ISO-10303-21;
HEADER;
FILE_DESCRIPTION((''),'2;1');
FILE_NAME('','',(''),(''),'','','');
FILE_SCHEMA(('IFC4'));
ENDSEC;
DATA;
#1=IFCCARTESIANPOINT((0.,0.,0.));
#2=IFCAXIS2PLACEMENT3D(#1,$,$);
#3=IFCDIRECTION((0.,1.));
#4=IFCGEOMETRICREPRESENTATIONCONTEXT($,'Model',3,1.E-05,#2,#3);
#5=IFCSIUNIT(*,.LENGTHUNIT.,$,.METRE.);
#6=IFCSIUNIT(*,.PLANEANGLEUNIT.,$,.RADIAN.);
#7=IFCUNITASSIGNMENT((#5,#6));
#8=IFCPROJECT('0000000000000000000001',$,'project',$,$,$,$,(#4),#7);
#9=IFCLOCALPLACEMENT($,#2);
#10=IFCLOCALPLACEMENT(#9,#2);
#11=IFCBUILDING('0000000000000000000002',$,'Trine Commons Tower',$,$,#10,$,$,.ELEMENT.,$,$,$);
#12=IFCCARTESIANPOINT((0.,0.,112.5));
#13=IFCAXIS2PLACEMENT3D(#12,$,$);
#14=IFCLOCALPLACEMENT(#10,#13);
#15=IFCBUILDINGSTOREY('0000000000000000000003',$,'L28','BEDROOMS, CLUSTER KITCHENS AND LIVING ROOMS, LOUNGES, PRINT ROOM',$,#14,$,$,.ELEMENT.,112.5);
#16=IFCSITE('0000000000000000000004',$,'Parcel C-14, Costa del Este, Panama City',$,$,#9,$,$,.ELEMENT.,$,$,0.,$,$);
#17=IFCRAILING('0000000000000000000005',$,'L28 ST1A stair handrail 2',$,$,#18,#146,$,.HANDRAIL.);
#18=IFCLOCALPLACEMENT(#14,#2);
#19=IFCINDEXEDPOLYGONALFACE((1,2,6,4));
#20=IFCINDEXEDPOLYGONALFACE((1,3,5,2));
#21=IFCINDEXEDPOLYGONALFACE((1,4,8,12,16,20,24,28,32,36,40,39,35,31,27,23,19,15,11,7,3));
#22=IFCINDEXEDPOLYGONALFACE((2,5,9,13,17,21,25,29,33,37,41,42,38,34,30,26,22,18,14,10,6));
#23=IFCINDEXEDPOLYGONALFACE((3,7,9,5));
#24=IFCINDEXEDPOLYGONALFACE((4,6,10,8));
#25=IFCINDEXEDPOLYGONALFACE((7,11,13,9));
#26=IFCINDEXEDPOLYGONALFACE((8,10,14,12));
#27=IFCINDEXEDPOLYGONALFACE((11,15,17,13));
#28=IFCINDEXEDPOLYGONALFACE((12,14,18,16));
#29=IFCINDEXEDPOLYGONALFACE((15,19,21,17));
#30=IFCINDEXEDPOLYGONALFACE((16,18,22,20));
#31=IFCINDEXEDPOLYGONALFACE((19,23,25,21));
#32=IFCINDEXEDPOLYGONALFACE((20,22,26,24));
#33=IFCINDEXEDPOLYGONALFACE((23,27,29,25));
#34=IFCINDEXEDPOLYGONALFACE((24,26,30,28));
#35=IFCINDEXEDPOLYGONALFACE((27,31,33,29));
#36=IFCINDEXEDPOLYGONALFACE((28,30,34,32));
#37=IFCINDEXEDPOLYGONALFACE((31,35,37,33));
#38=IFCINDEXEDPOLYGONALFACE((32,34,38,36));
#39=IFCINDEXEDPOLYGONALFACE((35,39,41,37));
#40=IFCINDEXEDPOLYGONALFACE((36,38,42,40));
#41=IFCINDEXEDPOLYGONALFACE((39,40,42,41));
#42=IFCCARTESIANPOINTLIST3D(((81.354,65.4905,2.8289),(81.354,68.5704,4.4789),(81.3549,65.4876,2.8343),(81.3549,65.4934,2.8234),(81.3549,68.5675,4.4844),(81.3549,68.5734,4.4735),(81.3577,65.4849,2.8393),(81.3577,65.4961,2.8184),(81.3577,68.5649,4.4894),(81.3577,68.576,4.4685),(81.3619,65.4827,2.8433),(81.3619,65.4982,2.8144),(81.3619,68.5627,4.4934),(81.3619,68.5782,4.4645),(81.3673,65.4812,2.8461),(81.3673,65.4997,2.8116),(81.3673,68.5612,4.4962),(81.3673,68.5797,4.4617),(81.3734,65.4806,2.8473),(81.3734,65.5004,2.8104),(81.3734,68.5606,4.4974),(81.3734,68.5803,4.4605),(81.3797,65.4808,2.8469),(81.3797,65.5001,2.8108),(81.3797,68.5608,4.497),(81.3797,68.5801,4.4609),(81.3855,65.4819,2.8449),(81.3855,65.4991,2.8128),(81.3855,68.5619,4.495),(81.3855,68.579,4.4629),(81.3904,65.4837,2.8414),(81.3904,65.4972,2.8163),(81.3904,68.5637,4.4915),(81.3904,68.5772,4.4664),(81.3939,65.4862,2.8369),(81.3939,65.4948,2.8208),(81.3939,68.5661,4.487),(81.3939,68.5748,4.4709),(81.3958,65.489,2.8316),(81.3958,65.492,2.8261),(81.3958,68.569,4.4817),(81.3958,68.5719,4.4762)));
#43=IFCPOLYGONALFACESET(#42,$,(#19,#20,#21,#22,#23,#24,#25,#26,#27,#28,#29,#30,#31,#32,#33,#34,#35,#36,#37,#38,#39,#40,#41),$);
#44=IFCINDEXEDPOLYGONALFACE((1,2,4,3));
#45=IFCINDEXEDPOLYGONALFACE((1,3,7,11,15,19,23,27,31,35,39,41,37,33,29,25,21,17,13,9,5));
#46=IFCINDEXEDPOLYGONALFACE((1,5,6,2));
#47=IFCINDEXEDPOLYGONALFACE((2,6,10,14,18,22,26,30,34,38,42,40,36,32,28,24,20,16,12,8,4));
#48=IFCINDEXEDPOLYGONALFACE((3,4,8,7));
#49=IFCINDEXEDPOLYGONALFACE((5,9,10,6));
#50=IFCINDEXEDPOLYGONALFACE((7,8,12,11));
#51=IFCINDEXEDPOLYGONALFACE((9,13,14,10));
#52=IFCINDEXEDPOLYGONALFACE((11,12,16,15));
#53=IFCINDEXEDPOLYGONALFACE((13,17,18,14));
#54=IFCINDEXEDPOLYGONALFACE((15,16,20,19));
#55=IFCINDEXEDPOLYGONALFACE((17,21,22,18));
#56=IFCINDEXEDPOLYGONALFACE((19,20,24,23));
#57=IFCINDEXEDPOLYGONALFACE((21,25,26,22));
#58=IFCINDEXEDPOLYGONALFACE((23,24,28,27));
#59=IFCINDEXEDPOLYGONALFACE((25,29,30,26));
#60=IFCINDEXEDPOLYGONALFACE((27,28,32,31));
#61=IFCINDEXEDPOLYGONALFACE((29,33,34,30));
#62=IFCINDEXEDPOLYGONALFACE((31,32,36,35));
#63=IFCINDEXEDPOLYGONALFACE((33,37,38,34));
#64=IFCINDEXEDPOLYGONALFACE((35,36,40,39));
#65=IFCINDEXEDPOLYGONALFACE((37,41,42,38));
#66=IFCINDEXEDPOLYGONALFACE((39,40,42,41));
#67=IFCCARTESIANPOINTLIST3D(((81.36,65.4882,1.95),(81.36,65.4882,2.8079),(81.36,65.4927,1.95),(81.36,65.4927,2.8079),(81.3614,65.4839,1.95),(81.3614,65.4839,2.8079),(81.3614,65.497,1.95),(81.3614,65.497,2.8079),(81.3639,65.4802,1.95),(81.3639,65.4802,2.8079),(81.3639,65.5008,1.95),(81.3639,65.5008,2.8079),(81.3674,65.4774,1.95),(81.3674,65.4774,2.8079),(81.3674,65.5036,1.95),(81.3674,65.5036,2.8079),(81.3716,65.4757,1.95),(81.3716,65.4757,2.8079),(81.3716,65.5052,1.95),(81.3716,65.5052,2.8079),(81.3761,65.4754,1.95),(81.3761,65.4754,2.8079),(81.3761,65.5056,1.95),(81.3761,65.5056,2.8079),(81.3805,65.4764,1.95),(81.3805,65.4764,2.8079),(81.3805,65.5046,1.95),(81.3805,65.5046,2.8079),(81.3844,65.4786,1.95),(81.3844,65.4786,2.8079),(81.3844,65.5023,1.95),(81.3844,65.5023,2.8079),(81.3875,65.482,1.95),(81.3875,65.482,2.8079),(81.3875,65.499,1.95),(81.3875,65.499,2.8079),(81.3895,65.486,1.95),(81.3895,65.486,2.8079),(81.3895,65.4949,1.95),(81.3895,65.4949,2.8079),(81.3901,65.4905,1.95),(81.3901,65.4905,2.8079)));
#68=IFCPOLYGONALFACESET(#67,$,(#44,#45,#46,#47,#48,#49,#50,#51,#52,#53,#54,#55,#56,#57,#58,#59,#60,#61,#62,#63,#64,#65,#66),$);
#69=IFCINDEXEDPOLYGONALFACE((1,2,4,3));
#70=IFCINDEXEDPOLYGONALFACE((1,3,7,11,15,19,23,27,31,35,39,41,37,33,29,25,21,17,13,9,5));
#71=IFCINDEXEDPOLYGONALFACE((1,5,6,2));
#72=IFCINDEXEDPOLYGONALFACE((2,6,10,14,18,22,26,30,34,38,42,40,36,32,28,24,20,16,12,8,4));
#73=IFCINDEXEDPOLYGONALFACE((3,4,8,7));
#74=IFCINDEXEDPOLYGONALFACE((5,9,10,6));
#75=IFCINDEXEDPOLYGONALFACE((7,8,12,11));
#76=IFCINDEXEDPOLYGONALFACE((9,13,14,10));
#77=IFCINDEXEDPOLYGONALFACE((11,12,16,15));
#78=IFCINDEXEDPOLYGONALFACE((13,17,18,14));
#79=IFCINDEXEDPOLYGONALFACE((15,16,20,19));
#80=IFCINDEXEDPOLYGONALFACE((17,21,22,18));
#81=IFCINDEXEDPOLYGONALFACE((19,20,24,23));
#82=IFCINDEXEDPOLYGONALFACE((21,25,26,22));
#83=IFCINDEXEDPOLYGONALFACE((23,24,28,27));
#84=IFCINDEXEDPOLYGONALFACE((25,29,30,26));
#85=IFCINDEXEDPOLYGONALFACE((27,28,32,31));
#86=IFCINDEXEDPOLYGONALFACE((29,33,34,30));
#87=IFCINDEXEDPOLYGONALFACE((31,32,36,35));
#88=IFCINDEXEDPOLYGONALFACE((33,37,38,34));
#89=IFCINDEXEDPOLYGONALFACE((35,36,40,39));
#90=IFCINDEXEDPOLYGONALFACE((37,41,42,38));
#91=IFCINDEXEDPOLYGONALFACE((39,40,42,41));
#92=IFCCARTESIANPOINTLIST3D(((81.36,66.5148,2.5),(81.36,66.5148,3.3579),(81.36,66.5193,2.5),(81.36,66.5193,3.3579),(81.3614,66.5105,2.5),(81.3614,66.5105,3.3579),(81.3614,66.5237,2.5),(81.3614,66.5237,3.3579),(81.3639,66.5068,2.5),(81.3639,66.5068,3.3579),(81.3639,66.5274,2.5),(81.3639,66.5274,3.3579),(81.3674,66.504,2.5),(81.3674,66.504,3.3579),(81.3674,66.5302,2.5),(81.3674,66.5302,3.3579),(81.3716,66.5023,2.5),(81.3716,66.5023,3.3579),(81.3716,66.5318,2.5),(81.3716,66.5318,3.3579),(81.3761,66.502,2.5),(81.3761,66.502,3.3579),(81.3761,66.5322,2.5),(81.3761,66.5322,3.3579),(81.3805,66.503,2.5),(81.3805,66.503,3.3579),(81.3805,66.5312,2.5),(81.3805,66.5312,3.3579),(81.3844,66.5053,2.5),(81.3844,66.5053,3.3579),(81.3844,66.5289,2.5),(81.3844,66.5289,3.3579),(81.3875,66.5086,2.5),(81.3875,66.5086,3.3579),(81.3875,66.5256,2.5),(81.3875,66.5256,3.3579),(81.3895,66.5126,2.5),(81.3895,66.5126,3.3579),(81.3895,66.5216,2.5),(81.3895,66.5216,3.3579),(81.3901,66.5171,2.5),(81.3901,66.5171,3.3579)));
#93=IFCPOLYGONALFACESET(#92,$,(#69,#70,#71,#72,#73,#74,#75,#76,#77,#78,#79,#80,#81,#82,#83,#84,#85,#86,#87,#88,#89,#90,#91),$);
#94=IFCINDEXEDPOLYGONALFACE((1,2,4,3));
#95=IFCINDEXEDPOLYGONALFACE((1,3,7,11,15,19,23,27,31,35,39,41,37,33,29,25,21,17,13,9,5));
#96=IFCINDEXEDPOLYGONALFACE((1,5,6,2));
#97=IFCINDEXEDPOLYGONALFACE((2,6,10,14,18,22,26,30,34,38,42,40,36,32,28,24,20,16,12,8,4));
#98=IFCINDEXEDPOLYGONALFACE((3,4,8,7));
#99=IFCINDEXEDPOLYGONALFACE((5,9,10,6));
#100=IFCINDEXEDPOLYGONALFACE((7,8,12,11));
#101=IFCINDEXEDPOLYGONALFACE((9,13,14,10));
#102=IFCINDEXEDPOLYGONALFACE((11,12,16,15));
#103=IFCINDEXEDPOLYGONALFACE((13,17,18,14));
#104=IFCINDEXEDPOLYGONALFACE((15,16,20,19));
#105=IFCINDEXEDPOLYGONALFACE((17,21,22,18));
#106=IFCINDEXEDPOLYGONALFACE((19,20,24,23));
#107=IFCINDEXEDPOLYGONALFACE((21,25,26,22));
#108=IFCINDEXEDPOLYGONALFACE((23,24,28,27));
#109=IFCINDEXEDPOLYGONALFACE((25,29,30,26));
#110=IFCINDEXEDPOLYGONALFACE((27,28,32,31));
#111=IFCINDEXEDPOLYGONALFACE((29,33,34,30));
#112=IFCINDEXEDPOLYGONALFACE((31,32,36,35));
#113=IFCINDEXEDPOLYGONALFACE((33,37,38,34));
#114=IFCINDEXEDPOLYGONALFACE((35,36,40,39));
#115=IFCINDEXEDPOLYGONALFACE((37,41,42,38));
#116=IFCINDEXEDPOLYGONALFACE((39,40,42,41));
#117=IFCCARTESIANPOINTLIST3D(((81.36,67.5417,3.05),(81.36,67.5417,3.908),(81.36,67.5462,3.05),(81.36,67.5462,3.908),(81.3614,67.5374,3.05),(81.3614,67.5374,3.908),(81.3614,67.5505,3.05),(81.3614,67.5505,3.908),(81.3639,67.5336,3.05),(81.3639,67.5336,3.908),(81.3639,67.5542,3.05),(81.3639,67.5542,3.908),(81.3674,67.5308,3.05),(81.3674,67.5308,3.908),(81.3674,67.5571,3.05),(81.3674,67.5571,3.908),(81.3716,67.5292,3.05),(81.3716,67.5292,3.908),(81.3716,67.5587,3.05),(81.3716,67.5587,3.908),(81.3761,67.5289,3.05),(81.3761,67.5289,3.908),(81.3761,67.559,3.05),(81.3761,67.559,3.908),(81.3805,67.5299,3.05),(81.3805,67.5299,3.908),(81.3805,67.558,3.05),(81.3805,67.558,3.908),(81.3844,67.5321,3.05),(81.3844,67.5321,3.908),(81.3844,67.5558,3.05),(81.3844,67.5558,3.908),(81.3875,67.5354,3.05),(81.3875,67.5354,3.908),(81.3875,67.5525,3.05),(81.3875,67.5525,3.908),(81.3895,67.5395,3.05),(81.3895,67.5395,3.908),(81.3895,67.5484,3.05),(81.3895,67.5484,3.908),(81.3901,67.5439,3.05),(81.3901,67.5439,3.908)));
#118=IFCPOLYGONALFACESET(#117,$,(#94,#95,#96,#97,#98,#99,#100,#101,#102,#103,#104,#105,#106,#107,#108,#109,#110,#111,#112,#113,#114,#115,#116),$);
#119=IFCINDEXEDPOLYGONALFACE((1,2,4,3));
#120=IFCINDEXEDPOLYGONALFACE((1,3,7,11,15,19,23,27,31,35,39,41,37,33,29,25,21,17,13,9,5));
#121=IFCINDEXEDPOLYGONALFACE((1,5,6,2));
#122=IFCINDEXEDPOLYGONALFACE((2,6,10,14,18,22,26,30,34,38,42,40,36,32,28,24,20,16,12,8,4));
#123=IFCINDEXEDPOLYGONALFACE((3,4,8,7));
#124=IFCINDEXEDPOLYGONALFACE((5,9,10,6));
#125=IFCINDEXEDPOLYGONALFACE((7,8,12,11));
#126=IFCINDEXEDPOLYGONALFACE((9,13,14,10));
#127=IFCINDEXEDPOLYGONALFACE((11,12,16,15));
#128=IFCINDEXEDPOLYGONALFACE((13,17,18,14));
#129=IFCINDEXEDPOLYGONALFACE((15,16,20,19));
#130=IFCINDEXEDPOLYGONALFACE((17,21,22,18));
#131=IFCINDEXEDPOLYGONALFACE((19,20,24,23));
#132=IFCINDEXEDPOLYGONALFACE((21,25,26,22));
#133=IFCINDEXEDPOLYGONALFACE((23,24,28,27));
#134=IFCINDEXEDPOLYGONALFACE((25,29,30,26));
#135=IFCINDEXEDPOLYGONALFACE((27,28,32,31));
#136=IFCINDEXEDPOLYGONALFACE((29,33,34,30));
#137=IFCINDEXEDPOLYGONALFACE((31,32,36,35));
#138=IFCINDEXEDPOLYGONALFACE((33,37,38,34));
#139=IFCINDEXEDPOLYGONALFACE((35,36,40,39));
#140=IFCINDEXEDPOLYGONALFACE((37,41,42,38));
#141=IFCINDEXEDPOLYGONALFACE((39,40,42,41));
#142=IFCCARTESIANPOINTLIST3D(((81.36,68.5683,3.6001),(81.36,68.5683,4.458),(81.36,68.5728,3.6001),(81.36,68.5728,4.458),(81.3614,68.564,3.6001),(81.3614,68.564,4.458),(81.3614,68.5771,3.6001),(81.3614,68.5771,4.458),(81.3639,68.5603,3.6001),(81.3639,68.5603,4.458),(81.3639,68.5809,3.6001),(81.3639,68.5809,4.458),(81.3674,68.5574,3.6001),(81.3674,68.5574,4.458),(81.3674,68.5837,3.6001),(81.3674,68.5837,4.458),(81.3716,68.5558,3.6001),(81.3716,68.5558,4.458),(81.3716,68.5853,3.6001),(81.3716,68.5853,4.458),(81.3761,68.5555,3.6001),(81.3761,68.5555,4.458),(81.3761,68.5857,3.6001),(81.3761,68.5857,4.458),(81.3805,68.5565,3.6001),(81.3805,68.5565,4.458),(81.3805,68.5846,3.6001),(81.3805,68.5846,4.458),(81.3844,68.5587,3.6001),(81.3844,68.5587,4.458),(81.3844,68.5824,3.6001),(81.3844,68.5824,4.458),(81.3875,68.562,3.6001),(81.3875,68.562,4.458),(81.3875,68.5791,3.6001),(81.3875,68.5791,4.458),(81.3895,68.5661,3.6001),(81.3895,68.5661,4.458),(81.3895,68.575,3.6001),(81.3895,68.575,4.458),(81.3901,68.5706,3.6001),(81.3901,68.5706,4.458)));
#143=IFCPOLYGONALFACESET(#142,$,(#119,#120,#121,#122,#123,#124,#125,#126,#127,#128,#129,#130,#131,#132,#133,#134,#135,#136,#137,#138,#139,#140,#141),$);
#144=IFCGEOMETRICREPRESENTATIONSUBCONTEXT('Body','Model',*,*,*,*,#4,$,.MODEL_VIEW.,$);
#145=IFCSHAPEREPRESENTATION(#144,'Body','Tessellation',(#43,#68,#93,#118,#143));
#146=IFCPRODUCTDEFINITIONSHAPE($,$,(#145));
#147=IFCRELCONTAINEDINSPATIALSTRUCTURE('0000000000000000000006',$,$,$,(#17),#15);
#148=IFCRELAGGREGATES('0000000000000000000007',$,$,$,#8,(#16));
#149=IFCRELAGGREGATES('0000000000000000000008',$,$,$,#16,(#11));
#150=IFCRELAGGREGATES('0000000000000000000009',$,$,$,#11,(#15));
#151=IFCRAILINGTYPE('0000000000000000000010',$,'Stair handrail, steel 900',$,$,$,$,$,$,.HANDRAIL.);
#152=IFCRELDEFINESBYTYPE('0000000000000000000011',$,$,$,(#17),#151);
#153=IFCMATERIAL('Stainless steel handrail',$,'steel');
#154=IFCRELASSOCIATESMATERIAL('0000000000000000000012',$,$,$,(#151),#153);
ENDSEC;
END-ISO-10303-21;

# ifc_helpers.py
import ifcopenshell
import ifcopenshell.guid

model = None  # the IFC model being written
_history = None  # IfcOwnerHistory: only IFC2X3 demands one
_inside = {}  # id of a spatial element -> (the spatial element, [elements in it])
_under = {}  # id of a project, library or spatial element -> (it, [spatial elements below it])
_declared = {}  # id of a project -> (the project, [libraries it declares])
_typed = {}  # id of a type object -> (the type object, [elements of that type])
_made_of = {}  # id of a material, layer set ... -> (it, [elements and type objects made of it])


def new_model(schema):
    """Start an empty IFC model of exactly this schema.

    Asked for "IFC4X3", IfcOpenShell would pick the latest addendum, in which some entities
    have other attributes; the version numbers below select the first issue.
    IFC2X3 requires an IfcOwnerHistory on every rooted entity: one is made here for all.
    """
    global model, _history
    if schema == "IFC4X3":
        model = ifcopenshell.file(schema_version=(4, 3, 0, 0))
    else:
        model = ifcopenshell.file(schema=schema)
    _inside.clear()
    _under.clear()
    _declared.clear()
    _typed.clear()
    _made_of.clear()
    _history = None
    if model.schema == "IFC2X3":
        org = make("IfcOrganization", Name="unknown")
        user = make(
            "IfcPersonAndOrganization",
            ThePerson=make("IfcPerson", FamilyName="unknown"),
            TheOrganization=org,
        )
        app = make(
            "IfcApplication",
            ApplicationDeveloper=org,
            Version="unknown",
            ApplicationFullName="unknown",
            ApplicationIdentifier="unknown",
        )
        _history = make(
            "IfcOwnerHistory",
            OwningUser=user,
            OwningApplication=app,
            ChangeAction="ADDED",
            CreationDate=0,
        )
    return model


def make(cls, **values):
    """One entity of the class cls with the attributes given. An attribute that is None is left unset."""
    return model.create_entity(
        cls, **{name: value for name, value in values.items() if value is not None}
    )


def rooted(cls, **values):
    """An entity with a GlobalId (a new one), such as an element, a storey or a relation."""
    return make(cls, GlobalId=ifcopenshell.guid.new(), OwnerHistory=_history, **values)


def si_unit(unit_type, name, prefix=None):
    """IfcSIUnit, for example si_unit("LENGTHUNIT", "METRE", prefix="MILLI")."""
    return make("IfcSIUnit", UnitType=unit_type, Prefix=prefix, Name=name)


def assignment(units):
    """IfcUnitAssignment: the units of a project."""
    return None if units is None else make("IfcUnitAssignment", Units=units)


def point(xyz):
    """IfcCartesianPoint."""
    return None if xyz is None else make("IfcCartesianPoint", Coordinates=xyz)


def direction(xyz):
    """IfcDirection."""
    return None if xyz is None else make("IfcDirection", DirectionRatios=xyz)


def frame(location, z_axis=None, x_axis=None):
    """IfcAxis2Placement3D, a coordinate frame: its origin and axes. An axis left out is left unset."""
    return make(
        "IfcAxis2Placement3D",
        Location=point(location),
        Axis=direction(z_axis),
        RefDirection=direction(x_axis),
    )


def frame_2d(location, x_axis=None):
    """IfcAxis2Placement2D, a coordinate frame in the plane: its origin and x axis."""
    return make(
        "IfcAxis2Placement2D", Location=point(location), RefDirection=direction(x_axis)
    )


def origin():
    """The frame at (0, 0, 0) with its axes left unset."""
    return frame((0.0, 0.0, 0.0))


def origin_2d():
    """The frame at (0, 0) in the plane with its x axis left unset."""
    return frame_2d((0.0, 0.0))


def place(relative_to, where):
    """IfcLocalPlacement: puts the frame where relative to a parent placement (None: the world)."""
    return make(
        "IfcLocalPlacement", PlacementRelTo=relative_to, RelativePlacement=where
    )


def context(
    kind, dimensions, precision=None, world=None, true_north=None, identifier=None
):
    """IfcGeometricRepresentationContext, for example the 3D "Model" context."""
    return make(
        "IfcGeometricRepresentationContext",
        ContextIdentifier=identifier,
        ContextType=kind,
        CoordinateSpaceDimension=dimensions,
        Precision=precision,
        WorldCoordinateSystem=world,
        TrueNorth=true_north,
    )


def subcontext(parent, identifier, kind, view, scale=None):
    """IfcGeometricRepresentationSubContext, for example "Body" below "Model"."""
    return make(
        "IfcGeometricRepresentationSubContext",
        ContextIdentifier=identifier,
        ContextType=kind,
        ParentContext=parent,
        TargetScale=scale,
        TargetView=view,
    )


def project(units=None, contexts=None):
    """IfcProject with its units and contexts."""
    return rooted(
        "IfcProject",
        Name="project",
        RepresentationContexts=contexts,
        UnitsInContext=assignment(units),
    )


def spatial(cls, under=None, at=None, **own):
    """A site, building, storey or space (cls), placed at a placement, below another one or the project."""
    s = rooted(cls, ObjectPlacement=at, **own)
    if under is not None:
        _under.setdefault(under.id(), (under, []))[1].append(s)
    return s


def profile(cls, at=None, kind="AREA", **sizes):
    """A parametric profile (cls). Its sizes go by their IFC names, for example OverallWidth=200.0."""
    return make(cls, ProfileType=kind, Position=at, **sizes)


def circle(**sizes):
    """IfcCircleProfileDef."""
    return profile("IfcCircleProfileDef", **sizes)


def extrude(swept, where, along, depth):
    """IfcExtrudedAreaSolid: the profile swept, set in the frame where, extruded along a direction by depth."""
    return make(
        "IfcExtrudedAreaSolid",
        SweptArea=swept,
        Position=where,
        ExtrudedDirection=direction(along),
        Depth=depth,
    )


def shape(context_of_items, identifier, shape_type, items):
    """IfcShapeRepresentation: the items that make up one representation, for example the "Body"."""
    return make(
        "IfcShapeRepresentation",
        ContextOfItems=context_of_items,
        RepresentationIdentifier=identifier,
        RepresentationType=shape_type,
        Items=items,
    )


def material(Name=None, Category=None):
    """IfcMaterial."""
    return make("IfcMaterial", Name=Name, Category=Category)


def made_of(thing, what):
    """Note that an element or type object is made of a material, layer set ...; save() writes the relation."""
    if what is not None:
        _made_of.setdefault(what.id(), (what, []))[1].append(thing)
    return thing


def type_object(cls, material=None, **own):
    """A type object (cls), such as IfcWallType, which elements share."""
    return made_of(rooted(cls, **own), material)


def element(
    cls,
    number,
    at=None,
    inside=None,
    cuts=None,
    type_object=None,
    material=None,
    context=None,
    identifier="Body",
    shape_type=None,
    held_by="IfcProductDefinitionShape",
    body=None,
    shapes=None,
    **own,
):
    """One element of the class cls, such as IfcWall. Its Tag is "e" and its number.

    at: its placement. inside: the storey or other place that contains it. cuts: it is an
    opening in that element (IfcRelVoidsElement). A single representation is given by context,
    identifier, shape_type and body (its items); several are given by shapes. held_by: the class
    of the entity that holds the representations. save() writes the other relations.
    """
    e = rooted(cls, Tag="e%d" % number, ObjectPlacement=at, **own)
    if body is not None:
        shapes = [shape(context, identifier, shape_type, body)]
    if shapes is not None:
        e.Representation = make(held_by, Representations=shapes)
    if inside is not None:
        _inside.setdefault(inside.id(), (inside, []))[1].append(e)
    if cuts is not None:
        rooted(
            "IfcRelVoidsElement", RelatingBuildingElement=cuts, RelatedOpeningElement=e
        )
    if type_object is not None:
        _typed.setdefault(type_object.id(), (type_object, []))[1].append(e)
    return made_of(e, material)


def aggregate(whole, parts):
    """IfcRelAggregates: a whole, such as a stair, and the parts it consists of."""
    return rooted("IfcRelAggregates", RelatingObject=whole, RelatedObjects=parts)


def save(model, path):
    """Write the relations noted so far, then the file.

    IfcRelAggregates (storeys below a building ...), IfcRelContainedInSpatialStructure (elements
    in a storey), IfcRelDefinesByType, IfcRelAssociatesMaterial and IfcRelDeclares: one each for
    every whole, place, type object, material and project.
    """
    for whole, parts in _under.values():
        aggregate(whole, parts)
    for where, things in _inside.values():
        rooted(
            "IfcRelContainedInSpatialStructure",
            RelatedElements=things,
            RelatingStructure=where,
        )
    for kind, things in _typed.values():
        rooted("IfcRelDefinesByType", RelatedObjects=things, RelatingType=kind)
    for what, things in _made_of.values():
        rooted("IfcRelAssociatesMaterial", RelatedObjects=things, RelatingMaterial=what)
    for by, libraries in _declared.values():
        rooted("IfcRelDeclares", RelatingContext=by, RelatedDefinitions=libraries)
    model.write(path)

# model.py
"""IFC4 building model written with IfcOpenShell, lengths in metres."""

from ifc_helpers import new_model, si_unit, direction, frame, origin, origin_2d, place, context, subcontext, project, spatial, circle, extrude, material, type_object, element, save


model = new_model("IFC4")

# Units and contexts
model_context = context("Model", 3, precision=1e-05, world=origin(), true_north=direction((0.0, 1.0)))
body_context = subcontext(model_context, "Body", "Model", "MODEL_VIEW")
ifc_project = project(units=[si_unit("LENGTHUNIT", "METRE"), si_unit("PLANEANGLEUNIT", "RADIAN")], contexts=[model_context])

# Site, building, storey
site_placement = place(None, origin())
site = spatial("IfcSite", under=ifc_project, at=site_placement, Name="Parcel C-14, Costa del Este, Panama City", CompositionType="ELEMENT", RefElevation=0.0)
building_placement = place(site_placement, origin())
building = spatial("IfcBuilding", under=site, at=building_placement, Name="Trine Commons Tower", CompositionType="ELEMENT")
storey_placement = place(building_placement, frame((0.0, 0.0, 112.5)))
storey = spatial("IfcBuildingStorey", under=building, at=storey_placement, Name="L28", Description="BEDROOMS, CLUSTER KITCHENS AND LIVING ROOMS, LOUNGES, PRINT ROOM", CompositionType="ELEMENT", Elevation=112.5)

# Railing
ifc_material_1 = material(Name="Stainless steel handrail", Category="steel")
railing_type_1 = type_object("IfcRailingType", Name="Stair handrail, steel 900", PredefinedType="HANDRAIL", material=ifc_material_1)
railing_1_placement = place(storey_placement, frame((81.375, 65.4905, 1.95)))
element("IfcRailing", 1, at=railing_1_placement, inside=storey, type_object=railing_type_1, Name="L28 ST1A stair handrail 2", PredefinedType="HANDRAIL", context=body_context, shape_type="SweptSolid", body=[
    extrude(circle(Radius=0.021, at=origin_2d()), frame((0.0, 0.0, 0.8789), z_axis=(0.0, 0.881468, 0.472245), x_axis=(-1.0, 0.0, 0.0)), (0.0, 0.0, 1.0), 3.4941),
    extrude(circle(Radius=0.0151, at=origin_2d()), origin(), (0.0, 0.0, 1.0), 0.8579),
    extrude(circle(Radius=0.0151, at=origin_2d()), frame((0.0, 1.0266, 0.55)), (0.0, 0.0, 1.0), 0.8579),
    extrude(circle(Radius=0.0151, at=origin_2d()), frame((0.0, 2.0535, 1.1001)), (0.0, 0.0, 1.0), 0.8579),
    extrude(circle(Radius=0.0151, at=origin_2d()), frame((0.0, 3.0801, 1.6501)), (0.0, 0.0, 1.0), 0.8579),
])

save(model, "model.ifc")
